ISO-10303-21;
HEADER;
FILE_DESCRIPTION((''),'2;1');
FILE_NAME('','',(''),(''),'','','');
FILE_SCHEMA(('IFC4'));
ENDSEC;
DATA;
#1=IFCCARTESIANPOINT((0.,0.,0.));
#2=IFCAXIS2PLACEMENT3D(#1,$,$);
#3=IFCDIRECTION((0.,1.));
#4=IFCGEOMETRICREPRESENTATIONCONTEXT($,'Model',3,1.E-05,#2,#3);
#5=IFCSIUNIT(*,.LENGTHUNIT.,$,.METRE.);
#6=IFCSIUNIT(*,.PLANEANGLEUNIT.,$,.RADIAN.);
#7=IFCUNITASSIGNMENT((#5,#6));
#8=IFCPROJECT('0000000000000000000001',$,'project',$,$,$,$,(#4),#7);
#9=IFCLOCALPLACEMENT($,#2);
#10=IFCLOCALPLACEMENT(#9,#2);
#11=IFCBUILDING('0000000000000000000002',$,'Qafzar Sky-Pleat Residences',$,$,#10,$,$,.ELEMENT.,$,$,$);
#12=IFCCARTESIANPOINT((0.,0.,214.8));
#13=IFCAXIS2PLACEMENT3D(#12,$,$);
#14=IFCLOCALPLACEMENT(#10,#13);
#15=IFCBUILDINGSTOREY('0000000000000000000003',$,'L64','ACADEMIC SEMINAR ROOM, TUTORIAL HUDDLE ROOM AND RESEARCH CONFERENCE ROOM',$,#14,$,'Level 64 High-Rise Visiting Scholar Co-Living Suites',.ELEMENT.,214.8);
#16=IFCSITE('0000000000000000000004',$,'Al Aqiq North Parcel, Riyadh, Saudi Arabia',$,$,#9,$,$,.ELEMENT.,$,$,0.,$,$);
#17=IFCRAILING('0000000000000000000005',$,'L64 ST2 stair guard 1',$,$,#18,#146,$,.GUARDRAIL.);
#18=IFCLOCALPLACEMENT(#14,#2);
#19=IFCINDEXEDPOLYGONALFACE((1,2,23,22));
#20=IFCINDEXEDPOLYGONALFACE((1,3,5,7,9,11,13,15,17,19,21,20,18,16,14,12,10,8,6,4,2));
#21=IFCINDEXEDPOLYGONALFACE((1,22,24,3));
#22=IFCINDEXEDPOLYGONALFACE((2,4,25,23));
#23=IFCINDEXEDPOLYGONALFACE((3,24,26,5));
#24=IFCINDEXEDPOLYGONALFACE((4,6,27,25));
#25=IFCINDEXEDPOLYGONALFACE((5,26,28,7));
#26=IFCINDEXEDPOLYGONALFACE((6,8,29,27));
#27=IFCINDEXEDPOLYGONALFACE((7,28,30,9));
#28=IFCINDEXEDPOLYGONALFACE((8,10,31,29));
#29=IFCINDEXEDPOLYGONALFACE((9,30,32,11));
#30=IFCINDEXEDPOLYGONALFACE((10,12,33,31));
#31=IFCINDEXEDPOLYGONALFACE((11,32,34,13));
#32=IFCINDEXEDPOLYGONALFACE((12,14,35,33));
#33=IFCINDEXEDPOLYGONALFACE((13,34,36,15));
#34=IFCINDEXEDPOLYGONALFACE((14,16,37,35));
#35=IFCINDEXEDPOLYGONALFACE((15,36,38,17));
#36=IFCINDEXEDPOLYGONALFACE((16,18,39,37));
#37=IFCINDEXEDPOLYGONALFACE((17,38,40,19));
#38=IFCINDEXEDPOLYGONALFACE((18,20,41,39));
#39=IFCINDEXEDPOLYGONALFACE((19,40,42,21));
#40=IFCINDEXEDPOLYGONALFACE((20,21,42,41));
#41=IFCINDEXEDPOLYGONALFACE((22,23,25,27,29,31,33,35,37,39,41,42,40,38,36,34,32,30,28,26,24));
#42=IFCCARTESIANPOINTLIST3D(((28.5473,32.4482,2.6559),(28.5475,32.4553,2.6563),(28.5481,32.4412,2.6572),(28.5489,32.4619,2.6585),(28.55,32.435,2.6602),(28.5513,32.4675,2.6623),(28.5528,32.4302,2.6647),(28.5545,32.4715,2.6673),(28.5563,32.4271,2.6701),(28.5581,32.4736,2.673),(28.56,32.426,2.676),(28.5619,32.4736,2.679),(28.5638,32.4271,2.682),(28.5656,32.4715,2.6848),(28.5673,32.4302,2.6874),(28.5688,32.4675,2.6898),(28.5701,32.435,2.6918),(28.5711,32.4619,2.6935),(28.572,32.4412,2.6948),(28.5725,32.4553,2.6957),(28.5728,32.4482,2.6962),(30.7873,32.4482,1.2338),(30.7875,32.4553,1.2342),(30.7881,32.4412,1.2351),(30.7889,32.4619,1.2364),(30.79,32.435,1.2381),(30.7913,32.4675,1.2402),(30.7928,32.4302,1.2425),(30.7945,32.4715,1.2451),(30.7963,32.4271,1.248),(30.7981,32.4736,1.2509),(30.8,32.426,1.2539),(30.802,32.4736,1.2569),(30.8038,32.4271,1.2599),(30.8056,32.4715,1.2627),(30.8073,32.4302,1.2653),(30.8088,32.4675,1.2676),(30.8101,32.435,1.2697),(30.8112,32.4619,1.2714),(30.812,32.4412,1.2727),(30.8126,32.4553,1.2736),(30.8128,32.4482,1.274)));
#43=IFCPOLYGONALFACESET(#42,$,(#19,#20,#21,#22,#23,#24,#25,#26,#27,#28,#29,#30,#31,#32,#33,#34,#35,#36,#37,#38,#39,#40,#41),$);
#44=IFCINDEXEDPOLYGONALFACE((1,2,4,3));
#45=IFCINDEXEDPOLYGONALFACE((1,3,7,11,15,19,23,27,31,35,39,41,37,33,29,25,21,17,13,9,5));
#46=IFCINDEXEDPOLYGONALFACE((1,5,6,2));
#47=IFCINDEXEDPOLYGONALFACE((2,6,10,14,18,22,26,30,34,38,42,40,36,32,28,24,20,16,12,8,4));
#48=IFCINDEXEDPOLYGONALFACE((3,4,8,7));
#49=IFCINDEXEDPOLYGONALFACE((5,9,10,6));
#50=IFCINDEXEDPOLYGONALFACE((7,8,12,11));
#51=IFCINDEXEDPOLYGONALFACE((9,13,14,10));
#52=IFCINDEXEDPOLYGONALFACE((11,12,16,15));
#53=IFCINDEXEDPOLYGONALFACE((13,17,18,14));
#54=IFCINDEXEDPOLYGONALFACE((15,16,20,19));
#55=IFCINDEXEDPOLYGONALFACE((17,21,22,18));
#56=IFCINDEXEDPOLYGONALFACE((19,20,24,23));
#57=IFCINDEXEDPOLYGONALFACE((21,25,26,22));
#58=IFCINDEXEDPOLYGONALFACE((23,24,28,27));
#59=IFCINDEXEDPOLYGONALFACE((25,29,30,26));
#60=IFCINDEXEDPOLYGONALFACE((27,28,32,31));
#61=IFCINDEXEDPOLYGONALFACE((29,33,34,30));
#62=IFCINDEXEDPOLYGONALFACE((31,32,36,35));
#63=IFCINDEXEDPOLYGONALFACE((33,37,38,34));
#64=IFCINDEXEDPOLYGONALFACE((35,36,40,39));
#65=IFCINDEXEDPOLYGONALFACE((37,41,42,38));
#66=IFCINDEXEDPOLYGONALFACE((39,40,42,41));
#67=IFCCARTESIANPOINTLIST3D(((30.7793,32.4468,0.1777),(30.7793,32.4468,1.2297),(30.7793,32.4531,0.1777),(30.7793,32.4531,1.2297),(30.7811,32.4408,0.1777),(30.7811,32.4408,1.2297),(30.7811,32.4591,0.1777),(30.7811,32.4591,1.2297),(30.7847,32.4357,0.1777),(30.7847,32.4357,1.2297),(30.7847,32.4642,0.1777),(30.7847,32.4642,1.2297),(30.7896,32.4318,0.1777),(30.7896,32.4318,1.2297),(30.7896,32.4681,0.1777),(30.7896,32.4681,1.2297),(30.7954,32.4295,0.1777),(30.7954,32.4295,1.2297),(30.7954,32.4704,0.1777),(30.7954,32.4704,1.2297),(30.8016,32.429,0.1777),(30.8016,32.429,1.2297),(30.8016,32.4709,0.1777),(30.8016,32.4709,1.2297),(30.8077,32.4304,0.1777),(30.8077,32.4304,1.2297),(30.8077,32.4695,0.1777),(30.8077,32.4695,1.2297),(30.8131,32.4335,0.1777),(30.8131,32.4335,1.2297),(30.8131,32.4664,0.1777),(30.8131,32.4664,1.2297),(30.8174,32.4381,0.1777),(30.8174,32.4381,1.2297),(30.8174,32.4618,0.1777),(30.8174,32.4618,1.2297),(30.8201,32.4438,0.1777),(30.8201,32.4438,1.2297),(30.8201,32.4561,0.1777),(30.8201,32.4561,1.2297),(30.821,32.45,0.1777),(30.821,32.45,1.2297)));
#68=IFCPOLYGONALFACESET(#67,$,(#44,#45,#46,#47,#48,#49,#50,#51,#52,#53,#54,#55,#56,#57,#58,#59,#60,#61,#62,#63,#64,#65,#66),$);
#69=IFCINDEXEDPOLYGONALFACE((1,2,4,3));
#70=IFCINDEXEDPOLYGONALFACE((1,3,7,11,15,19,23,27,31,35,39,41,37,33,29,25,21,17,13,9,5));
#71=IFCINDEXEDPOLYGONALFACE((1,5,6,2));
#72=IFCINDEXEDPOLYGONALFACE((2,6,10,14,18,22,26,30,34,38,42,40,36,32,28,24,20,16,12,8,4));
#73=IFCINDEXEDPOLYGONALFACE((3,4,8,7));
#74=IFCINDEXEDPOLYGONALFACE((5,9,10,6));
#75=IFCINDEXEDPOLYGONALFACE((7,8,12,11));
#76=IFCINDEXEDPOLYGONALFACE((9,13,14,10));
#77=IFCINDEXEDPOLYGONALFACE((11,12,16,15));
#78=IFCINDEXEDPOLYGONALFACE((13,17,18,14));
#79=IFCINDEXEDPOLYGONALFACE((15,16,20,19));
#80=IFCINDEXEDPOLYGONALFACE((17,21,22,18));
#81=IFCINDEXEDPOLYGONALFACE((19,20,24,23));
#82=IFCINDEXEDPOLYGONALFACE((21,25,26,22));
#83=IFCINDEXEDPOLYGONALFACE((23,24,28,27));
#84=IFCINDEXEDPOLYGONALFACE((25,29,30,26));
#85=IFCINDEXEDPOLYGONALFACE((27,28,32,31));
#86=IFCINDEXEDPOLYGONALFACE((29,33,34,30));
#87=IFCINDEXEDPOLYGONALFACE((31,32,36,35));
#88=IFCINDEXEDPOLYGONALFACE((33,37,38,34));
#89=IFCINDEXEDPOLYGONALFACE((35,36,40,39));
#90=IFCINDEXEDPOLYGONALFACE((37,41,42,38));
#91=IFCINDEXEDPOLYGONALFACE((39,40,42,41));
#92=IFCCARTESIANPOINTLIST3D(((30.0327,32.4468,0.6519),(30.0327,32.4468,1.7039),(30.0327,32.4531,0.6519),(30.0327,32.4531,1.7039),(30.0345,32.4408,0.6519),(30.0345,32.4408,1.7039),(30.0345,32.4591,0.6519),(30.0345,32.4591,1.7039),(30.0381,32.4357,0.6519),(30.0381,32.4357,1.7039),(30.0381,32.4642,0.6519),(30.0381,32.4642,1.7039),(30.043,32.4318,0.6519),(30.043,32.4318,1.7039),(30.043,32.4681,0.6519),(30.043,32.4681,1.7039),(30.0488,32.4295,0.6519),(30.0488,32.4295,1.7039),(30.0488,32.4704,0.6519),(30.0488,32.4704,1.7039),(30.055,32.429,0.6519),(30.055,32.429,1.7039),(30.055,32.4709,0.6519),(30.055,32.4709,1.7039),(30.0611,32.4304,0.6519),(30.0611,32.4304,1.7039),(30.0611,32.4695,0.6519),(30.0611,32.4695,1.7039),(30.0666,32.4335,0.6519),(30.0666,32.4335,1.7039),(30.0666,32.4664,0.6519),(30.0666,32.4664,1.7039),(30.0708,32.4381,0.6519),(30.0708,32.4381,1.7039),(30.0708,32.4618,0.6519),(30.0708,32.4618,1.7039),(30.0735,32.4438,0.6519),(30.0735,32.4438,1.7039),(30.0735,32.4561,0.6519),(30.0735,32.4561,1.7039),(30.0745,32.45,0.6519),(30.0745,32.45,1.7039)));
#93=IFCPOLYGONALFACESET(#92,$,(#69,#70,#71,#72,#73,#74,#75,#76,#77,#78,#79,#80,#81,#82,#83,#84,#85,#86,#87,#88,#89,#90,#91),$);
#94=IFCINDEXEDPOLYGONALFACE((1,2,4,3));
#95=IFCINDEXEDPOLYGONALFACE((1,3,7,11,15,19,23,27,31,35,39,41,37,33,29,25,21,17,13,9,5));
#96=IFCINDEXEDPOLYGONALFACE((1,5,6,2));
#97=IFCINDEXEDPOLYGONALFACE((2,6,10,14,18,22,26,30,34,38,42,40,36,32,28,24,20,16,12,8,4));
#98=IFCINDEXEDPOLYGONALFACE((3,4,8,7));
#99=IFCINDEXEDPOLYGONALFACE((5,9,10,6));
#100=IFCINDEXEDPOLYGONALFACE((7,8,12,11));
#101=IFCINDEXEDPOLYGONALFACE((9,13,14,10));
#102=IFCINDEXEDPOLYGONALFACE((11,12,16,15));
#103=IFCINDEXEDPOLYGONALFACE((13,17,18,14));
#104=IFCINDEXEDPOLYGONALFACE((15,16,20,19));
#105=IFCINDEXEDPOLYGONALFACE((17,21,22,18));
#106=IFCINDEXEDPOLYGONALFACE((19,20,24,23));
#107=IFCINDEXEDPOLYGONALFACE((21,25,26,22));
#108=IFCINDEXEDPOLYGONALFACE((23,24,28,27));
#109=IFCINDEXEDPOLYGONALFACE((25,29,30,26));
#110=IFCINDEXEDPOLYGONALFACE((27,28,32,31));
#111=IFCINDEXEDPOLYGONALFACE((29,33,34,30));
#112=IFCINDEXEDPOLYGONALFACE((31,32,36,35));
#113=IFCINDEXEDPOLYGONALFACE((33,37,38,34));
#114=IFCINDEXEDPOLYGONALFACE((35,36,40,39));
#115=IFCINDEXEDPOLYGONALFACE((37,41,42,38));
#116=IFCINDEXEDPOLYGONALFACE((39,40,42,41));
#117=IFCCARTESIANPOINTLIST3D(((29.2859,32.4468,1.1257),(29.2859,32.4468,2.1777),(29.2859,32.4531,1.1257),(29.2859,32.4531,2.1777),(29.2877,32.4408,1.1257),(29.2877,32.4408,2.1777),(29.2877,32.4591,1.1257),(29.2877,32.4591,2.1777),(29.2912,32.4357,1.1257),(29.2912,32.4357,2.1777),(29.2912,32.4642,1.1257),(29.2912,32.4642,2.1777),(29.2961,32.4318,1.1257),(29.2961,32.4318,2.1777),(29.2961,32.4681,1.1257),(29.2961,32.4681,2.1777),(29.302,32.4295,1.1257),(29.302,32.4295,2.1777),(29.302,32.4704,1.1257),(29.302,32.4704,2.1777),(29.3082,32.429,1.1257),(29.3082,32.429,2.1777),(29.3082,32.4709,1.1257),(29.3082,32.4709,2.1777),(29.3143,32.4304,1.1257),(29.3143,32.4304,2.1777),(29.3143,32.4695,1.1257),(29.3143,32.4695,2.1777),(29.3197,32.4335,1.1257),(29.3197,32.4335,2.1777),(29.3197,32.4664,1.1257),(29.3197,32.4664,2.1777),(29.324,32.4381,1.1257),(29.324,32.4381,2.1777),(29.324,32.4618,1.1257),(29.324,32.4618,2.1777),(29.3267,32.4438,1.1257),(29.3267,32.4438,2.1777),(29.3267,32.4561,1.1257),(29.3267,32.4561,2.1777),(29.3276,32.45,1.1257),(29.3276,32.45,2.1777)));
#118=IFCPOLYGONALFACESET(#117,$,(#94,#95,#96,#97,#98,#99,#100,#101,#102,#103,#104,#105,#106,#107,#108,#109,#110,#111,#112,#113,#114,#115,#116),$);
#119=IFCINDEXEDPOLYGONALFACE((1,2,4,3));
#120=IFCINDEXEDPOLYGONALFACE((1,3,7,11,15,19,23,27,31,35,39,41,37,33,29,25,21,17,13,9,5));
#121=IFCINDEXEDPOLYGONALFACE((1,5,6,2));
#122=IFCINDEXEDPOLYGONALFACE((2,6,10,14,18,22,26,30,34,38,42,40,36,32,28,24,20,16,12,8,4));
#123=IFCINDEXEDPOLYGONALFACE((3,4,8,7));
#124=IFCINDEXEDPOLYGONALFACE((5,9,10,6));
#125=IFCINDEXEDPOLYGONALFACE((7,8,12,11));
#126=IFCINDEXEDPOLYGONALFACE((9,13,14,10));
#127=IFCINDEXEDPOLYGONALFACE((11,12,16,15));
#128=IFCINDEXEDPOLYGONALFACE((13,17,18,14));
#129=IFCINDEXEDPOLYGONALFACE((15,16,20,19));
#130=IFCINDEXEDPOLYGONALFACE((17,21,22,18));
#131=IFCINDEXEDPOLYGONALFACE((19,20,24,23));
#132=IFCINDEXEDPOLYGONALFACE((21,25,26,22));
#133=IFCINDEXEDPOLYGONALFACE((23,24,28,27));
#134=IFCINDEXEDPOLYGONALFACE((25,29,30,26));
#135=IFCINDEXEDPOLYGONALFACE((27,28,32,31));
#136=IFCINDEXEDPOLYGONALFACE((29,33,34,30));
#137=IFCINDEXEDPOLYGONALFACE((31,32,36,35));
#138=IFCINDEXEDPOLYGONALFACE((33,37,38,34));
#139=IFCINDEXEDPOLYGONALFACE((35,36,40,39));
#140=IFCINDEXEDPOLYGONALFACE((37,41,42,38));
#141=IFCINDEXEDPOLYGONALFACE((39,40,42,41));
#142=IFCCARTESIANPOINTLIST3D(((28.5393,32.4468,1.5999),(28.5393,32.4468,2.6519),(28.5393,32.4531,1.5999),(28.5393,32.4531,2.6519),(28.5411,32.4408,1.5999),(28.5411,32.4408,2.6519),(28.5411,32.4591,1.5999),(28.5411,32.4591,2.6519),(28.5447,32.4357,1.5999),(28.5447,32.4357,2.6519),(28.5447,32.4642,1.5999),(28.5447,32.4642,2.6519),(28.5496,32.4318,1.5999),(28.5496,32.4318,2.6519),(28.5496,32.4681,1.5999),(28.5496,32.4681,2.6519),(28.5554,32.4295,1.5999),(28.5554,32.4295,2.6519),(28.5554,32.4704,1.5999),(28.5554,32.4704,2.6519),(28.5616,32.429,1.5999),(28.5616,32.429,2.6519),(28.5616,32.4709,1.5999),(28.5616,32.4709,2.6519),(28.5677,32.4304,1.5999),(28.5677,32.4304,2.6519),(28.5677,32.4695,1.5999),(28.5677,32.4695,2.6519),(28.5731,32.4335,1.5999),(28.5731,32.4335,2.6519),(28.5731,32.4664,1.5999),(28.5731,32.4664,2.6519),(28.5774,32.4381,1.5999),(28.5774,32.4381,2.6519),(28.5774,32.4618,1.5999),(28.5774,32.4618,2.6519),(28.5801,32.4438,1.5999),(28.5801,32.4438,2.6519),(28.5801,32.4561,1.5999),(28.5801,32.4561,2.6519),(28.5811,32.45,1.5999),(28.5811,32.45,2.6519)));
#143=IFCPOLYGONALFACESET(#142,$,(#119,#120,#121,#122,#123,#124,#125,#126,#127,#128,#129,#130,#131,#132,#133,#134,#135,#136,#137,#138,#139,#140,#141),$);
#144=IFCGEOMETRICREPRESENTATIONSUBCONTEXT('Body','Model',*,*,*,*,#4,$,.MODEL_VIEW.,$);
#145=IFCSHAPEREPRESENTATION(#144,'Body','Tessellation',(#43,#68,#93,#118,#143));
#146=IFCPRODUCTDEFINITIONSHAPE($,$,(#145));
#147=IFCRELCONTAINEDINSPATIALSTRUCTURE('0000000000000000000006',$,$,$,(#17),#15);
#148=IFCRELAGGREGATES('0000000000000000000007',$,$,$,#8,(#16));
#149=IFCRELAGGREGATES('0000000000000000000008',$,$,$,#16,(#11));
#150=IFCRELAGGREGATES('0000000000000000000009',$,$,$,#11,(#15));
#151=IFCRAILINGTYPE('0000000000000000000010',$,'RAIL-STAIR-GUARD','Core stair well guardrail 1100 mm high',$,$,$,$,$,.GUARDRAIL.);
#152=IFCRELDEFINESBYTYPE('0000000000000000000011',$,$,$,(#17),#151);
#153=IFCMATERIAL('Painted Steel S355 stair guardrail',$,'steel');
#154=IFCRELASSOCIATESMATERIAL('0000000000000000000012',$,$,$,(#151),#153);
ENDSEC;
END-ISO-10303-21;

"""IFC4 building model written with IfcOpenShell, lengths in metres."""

from ifc_helpers import new_model, si_unit, direction, frame, origin, origin_2d, place, context, subcontext, project, spatial, circle, extrude, source, transform, mapped, material, type_object, element, save


model = new_model("IFC4")

# Units and contexts
model_context = context("Model", 3, precision=1e-05, world=origin(), true_north=direction((0.0, 1.0)))
body_context = subcontext(model_context, "Body", "Model", "MODEL_VIEW")
ifc_project = project(units=[si_unit("LENGTHUNIT", "METRE"), si_unit("PLANEANGLEUNIT", "RADIAN")], contexts=[model_context])

# Site, building, storey
site_placement = place(None, origin())
site = spatial("IfcSite", under=ifc_project, at=site_placement, Name="Al Aqiq North Parcel, Riyadh, Saudi Arabia", CompositionType="ELEMENT", RefElevation=0.0)
building_placement = place(site_placement, origin())
building = spatial("IfcBuilding", under=site, at=building_placement, Name="Qafzar Sky-Pleat Residences", CompositionType="ELEMENT")
storey_placement = place(building_placement, frame((0.0, 0.0, 214.8)))
storey = spatial("IfcBuildingStorey", under=building, at=storey_placement, Name="L64", Description="ACADEMIC SEMINAR ROOM, TUTORIAL HUDDLE ROOM AND RESEARCH CONFERENCE ROOM", LongName="Level 64 High-Rise Visiting Scholar Co-Living Suites", CompositionType="ELEMENT", Elevation=214.8)

# Railing
ifc_material_1 = material(Name="Painted Steel S355 stair guardrail", Category="steel")
railing_type_1 = type_object("IfcRailingType", Name="RAIL-STAIR-GUARD", Description="Core stair well guardrail 1100 mm high", PredefinedType="GUARDRAIL", material=ifc_material_1)
shared_shape_1 = source(origin(), body_context, "Body", "SweptSolid", [
    extrude(circle(Radius=0.0239, at=origin_2d()), frame((0.0, 0.0, 1.0762), z_axis=(-0.844229, 0.0, 0.535982), x_axis=(0.0, -1.0, 0.0)), (0.0, 0.0, 1.0), 2.6533),
    extrude(circle(Radius=0.021, at=origin_2d()), origin(), (0.0, 0.0, 1.0), 1.052),
    extrude(circle(Radius=0.021, at=origin_2d()), frame((-0.7466, 0.0, 0.4741)), (0.0, 0.0, 1.0), 1.052),
    extrude(circle(Radius=0.021, at=origin_2d()), frame((-1.4934, 0.0, 0.948)), (0.0, 0.0, 1.0), 1.052),
    extrude(circle(Radius=0.021, at=origin_2d()), frame((-2.24, 0.0, 1.4221)), (0.0, 0.0, 1.0), 1.052),
])
railing_1_placement = place(storey_placement, frame((30.8, 32.45, 0.1777)))
element("IfcRailing", 1, at=railing_1_placement, inside=storey, type_object=railing_type_1, Name="L64 ST2 stair guard 1", PredefinedType="GUARDRAIL", context=body_context, shape_type="MappedRepresentation", body=[
    mapped(shared_shape_1, transform((0.0, 0.0, 0.0), x_axis=(1.0, 0.0, 0.0), y_axis=(0.0, 1.0, 0.0), z_axis=(0.0, 0.0, 1.0), scale=1.0)),
])

save(model, "model.ifc")
